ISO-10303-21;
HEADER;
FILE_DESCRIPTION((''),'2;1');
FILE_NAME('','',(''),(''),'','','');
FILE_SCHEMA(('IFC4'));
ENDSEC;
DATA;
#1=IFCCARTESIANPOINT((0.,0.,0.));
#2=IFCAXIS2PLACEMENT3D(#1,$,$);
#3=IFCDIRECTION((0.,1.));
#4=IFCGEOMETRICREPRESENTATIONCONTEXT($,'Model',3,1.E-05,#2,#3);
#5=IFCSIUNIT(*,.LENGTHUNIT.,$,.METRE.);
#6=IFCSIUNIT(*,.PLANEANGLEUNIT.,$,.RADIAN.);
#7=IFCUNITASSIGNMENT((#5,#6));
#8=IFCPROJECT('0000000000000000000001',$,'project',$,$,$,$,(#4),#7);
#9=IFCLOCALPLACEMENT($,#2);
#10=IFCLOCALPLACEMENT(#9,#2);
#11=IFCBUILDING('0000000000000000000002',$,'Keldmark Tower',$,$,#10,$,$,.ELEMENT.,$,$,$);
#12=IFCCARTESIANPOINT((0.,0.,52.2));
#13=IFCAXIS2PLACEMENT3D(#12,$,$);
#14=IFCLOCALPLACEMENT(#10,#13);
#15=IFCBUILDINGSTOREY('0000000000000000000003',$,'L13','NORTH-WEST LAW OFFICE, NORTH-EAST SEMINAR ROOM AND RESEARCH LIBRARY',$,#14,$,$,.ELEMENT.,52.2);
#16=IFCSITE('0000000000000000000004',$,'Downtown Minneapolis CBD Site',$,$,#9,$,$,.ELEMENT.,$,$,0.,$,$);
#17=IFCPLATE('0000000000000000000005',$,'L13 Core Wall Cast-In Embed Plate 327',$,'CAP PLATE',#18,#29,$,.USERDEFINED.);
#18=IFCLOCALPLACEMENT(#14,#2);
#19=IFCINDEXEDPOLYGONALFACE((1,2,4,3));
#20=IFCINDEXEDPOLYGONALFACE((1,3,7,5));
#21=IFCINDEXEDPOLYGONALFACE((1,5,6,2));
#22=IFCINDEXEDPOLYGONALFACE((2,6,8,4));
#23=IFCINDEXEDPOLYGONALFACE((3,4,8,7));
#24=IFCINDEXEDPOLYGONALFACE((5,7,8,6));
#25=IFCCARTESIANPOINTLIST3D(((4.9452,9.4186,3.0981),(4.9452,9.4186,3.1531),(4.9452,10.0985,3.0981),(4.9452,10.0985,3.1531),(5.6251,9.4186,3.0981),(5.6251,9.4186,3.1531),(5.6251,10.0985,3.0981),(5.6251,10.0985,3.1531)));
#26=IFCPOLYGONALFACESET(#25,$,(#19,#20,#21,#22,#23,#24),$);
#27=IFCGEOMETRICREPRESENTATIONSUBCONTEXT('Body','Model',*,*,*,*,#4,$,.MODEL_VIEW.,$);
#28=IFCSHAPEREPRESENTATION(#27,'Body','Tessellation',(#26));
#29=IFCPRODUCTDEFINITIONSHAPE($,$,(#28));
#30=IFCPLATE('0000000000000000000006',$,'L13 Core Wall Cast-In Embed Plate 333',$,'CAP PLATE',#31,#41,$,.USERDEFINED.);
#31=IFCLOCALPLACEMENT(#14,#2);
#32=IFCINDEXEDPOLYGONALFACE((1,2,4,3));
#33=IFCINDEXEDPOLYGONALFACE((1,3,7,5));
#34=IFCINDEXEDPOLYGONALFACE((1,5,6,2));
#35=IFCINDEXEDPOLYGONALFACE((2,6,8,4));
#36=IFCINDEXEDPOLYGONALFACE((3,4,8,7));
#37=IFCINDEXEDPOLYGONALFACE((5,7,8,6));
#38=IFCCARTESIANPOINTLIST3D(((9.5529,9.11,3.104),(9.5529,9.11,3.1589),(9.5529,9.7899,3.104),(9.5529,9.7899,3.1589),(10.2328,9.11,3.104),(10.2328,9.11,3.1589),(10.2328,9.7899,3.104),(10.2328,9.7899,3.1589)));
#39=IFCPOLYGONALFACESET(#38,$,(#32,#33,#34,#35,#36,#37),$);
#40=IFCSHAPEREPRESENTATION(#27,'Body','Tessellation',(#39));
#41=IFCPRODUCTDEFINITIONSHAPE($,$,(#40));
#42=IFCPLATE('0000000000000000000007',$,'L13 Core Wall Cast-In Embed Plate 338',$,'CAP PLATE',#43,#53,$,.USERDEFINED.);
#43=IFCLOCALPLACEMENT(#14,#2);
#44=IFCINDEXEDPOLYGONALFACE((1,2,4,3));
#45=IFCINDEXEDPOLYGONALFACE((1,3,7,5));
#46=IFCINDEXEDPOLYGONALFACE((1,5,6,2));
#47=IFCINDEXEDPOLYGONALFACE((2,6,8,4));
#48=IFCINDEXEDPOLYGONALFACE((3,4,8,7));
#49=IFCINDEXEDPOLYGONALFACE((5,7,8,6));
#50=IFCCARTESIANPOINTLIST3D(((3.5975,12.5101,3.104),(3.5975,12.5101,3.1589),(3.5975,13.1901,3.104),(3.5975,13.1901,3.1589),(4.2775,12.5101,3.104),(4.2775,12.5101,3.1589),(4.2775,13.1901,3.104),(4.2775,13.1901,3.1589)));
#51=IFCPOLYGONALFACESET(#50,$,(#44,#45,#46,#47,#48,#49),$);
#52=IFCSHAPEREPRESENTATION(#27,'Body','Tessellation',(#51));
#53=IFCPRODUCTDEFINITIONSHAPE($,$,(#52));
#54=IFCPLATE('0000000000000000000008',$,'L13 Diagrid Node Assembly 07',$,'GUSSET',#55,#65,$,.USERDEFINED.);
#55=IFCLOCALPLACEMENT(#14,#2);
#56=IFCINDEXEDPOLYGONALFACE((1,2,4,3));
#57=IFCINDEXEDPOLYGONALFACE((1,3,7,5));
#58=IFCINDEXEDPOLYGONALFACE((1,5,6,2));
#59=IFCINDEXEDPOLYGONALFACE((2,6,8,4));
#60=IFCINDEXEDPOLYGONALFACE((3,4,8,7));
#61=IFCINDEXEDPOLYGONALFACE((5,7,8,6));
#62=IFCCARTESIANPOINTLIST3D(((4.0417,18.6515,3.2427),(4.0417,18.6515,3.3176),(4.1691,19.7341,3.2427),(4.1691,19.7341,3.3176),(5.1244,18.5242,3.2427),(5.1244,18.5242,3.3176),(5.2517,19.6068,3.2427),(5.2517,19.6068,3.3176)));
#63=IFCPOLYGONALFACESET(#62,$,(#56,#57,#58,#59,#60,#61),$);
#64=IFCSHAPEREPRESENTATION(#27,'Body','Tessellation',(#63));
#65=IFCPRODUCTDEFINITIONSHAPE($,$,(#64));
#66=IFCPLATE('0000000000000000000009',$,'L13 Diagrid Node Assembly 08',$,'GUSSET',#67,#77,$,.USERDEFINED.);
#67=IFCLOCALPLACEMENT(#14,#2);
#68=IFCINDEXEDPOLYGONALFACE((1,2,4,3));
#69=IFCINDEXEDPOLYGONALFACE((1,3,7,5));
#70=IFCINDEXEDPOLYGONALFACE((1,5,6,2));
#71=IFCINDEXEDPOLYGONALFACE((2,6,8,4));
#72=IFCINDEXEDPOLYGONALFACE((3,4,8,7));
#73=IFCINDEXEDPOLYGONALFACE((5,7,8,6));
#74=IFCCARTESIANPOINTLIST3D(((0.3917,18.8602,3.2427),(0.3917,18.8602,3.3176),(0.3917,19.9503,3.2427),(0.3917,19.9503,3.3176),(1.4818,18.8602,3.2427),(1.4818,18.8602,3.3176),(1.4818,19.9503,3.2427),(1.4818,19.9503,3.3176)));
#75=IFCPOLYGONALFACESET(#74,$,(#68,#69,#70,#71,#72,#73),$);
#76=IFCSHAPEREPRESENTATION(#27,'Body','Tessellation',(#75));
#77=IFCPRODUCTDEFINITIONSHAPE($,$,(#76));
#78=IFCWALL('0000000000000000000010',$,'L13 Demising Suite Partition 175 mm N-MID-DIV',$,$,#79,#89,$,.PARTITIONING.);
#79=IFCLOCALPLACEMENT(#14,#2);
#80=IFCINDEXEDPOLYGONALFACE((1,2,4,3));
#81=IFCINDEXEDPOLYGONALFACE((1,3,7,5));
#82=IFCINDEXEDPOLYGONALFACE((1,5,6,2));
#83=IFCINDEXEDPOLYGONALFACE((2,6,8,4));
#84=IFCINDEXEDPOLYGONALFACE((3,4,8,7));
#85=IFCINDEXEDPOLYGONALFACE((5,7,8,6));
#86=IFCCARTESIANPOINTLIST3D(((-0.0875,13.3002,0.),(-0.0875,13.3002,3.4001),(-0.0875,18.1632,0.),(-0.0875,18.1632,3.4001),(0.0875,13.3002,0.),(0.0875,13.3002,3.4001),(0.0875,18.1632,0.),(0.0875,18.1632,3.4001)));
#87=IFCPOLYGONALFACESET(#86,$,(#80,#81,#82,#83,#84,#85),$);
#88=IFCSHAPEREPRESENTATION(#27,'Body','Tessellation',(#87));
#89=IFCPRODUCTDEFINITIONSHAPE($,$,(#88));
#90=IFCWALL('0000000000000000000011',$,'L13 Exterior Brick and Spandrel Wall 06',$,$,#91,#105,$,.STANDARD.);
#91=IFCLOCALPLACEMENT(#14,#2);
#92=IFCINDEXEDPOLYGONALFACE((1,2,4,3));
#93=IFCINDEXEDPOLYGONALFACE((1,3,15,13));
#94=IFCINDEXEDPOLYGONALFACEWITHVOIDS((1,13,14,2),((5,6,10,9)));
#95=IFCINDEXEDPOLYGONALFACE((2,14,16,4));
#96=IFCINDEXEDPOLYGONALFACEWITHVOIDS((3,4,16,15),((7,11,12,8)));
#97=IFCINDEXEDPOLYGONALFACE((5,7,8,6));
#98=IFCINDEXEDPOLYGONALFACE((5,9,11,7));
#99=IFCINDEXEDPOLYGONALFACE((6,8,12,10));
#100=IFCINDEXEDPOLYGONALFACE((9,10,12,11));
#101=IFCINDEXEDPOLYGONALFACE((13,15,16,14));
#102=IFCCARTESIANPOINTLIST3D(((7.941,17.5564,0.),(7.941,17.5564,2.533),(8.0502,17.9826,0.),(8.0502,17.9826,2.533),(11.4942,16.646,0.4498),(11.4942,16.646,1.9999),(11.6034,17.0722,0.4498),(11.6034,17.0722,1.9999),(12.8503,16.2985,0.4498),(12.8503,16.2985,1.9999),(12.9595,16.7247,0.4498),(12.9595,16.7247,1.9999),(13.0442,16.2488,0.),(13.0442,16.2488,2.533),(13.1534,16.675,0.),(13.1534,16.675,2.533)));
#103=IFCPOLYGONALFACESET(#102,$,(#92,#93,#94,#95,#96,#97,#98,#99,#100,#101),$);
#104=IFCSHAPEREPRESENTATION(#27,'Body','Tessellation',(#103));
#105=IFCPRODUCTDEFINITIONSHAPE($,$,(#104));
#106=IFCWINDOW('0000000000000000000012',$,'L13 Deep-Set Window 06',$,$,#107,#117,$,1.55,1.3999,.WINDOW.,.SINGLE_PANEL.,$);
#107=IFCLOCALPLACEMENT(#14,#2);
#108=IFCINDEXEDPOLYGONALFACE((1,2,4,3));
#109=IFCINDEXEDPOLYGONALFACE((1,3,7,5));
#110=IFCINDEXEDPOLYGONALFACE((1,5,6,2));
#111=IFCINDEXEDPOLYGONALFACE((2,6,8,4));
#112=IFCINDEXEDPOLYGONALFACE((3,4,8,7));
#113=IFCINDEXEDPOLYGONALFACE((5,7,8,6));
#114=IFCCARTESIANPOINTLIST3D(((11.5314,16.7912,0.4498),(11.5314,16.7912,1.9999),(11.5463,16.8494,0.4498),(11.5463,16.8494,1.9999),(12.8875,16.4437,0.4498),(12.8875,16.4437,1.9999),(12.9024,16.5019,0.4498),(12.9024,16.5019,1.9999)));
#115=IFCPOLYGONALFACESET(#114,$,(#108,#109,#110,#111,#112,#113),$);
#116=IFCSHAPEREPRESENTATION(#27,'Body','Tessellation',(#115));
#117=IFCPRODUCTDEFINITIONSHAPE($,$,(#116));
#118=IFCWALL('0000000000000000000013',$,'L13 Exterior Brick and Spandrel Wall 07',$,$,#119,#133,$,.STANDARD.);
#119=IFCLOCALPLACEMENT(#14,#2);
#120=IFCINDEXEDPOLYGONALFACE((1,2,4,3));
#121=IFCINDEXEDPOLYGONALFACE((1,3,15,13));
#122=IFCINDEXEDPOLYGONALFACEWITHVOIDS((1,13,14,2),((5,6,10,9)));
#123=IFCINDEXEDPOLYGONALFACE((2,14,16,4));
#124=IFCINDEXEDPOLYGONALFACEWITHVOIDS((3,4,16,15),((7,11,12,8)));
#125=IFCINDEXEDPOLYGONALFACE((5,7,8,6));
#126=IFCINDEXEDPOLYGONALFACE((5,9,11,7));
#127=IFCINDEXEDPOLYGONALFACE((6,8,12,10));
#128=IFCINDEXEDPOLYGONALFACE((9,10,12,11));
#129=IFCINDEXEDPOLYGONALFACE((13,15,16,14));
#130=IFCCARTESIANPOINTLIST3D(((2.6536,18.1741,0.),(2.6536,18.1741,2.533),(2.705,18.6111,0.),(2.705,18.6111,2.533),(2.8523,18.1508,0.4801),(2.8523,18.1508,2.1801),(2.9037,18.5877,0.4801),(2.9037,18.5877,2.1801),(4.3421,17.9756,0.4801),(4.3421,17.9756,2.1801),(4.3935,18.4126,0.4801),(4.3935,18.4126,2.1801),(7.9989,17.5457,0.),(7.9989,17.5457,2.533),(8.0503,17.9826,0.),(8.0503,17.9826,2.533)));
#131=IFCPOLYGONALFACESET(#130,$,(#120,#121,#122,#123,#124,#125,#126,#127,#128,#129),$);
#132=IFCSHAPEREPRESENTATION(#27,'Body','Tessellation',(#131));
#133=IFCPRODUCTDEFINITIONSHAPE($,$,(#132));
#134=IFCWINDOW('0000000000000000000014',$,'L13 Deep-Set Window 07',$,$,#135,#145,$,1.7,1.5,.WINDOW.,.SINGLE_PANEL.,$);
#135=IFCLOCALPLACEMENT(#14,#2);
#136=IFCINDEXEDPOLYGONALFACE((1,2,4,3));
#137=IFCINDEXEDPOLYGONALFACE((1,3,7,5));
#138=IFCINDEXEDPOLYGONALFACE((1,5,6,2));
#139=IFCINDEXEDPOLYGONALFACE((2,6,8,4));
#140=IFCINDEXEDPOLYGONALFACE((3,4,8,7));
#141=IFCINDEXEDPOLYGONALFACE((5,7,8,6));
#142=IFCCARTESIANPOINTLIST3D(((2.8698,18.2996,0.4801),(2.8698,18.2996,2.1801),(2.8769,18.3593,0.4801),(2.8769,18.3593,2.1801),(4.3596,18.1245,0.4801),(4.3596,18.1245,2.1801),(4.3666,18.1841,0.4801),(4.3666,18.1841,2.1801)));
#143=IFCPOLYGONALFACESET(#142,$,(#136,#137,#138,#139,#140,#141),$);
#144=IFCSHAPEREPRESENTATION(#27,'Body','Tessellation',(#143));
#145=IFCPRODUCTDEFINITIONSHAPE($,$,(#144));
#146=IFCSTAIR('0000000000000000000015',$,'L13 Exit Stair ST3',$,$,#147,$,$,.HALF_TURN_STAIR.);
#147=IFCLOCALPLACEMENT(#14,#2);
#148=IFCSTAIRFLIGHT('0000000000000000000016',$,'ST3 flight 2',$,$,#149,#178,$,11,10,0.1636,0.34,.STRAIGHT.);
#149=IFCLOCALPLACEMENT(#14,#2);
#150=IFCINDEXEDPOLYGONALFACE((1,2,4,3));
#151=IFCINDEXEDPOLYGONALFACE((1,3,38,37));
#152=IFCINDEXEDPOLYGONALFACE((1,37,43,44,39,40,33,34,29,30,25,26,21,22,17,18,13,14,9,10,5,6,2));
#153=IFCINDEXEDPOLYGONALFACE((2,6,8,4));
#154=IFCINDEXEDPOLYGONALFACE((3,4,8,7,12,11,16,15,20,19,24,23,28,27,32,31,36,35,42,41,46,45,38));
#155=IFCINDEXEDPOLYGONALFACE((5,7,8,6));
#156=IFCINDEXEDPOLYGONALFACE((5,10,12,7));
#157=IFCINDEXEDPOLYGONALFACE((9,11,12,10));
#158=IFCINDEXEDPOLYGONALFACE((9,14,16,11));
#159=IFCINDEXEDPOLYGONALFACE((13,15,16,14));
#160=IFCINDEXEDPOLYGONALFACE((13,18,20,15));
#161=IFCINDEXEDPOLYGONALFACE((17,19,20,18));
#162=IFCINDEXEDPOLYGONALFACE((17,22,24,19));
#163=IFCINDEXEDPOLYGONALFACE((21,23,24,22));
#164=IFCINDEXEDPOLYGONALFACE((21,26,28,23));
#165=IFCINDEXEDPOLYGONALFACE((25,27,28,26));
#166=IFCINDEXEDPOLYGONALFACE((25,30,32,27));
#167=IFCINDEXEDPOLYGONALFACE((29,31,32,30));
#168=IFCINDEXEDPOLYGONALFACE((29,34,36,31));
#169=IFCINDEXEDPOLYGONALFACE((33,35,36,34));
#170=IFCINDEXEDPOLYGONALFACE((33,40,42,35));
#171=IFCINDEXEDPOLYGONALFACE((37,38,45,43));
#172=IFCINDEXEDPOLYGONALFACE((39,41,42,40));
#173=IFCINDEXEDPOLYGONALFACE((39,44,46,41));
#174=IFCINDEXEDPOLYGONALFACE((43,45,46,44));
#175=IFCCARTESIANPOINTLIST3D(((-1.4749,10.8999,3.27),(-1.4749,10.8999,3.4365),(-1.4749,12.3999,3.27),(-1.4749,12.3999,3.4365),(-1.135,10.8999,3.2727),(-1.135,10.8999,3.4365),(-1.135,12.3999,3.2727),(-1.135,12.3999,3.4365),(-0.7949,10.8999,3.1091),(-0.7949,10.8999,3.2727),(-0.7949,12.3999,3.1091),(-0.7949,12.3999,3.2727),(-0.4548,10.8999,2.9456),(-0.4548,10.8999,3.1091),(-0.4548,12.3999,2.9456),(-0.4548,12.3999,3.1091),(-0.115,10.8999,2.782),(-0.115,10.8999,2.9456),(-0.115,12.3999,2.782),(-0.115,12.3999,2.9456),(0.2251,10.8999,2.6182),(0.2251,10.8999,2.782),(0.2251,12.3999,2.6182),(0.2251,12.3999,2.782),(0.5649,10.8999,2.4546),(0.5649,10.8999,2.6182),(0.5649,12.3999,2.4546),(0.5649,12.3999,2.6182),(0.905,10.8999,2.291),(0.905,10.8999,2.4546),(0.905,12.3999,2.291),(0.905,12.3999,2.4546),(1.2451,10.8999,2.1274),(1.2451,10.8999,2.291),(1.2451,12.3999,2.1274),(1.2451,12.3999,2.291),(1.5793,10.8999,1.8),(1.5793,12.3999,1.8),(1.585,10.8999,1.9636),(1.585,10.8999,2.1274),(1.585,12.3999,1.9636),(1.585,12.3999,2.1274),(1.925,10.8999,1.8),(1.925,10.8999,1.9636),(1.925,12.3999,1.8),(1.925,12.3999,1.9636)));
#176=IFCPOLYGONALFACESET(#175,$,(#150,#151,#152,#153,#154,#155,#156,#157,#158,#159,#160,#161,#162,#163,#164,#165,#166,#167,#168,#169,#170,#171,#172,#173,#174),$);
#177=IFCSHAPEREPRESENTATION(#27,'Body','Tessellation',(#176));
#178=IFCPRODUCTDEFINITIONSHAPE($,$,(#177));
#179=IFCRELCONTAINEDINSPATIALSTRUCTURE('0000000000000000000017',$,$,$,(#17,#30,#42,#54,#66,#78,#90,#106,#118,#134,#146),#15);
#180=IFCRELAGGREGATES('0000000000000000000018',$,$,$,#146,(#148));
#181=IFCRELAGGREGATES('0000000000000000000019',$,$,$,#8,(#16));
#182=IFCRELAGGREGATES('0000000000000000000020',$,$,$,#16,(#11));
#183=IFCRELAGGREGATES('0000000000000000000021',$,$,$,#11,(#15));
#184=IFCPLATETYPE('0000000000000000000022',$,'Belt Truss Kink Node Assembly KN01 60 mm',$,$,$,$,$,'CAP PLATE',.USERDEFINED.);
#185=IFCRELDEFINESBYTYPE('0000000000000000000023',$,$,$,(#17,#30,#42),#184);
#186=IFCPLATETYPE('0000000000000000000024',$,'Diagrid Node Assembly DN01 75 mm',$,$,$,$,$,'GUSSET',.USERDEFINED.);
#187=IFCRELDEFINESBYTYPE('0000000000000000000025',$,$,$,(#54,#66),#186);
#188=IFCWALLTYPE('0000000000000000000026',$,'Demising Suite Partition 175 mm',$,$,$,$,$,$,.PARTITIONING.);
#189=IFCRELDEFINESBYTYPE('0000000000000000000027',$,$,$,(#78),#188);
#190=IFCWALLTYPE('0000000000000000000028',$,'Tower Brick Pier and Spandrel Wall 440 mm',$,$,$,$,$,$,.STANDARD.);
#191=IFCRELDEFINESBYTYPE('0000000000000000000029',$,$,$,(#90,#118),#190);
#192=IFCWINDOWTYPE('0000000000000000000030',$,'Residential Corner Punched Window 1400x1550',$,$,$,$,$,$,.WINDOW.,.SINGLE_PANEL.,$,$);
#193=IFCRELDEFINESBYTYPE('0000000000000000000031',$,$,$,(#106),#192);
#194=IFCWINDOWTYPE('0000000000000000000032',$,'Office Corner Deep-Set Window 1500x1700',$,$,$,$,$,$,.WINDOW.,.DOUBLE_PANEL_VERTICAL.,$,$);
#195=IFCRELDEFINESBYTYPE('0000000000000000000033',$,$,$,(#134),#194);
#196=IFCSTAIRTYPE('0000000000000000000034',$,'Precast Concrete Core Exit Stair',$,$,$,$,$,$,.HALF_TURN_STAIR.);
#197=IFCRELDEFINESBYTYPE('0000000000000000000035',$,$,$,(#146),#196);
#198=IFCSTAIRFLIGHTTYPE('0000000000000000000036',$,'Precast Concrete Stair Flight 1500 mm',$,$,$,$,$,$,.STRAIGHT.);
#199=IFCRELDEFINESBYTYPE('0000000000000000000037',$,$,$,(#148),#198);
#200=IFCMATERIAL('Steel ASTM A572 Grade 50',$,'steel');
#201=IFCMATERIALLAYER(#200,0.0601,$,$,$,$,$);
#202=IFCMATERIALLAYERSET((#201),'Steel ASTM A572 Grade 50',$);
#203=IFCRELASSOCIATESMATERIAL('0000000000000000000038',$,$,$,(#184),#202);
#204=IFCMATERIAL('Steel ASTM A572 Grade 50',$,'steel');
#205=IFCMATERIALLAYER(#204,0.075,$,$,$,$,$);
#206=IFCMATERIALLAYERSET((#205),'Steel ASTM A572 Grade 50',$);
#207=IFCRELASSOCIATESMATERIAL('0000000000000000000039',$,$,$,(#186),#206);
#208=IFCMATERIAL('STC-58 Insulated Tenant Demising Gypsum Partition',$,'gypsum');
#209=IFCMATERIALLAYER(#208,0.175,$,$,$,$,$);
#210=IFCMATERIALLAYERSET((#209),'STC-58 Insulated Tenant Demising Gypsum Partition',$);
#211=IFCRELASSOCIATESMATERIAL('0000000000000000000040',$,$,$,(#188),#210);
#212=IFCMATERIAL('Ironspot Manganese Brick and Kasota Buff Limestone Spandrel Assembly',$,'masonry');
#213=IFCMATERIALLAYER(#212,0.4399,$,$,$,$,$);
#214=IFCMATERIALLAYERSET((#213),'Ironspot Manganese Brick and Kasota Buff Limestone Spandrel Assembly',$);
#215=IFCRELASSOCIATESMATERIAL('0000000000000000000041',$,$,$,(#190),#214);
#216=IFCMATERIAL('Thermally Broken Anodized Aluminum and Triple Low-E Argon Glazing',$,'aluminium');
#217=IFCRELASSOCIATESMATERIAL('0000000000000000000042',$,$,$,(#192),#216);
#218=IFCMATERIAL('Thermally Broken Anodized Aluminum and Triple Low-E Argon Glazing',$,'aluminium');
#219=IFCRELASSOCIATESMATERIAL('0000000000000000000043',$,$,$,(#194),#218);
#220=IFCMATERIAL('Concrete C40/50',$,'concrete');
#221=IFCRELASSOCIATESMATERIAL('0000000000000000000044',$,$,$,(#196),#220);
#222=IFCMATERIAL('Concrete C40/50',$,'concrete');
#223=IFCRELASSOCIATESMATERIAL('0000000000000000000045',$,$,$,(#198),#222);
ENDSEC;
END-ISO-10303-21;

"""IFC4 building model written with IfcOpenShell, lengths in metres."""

from ifc_helpers import new_model, si_unit, direction, frame, frame_2d, origin, origin_2d, place, context, subcontext, project, spatial, polyline, rectangle, outline, extrude, material, layer, layer_set, type_object, element, fill, aggregate, save


model = new_model("IFC4")

# Units and contexts
model_context = context("Model", 3, precision=1e-05, world=origin(), true_north=direction((0.0, 1.0)))
body_context = subcontext(model_context, "Body", "Model", "MODEL_VIEW")
ifc_project = project(units=[si_unit("LENGTHUNIT", "METRE"), si_unit("PLANEANGLEUNIT", "RADIAN")], contexts=[model_context])

# Site, building, storey
site_placement = place(None, origin())
site = spatial("IfcSite", under=ifc_project, at=site_placement, Name="Downtown Minneapolis CBD Site", CompositionType="ELEMENT", RefElevation=0.0)
building_placement = place(site_placement, origin())
building = spatial("IfcBuilding", under=site, at=building_placement, Name="Keldmark Tower", CompositionType="ELEMENT")
storey_placement = place(building_placement, frame((0.0, 0.0, 52.2)))
storey = spatial("IfcBuildingStorey", under=building, at=storey_placement, Name="L13", Description="NORTH-WEST LAW OFFICE, NORTH-EAST SEMINAR ROOM AND RESEARCH LIBRARY", CompositionType="ELEMENT", Elevation=52.2)

# Plates
ifc_material_1 = material(Name="Steel ASTM A572 Grade 50", Category="steel")
ifc_layer_1 = layer(ifc_material_1, 0.0601)
ifc_layer_set_1 = layer_set([ifc_layer_1], Name="Steel ASTM A572 Grade 50")
plate_type_1 = type_object("IfcPlateType", Name="Belt Truss Kink Node Assembly KN01 60 mm", ElementType="CAP PLATE", PredefinedType="USERDEFINED", material=ifc_layer_set_1)
for number, where, z_axis, x_axis, name in (
    (1, (5.2852, 9.7585, 3.0981), (0.0, 0.0, 1.0), (1.0, 0.0, 0.0), "L13 Core Wall Cast-In Embed Plate 327"),
    (2, (9.8928, 9.45, 3.104), (0.0, 0.0, 1.0), (1.0, 0.0, 0.0), "L13 Core Wall Cast-In Embed Plate 333"),
    (3, (3.9375, 12.8501, 3.104), (0.0, 0.0, 1.0), (1.0, 0.0, 0.0), "L13 Core Wall Cast-In Embed Plate 338"),
):
    element("IfcPlate", number, at=place(storey_placement, frame(where, z_axis=z_axis, x_axis=x_axis)), inside=storey, type_object=plate_type_1, Name=name, ObjectType="CAP PLATE", PredefinedType="USERDEFINED", context=body_context, shape_type="SweptSolid", body=[
        extrude(rectangle(XDim=0.6799, YDim=0.6799, at=origin_2d()), origin(), (0.0, 0.0, 1.0), 0.0549),
    ])
ifc_material_2 = material(Name="Steel ASTM A572 Grade 50", Category="steel")
ifc_layer_2 = layer(ifc_material_2, 0.075)
ifc_layer_set_2 = layer_set([ifc_layer_2], Name="Steel ASTM A572 Grade 50")
plate_type_2 = type_object("IfcPlateType", Name="Diagrid Node Assembly DN01 75 mm", ElementType="GUSSET", PredefinedType="USERDEFINED", material=ifc_layer_set_2)
for number, where, z_axis, x_axis, name in (
    (4, (4.6467, 19.1292, 3.2427), (0.0, 0.0, 1.0), (-0.99315, 0.116844, 0.0), "L13 Diagrid Node Assembly 07"),
    (5, (0.9368, 19.4053, 3.2427), (0.0, 0.0, 1.0), (-1.0, 0.0, 0.0), "L13 Diagrid Node Assembly 08"),
):
    element("IfcPlate", number, at=place(storey_placement, frame(where, z_axis=z_axis, x_axis=x_axis)), inside=storey, type_object=plate_type_2, Name=name, ObjectType="GUSSET", PredefinedType="USERDEFINED", context=body_context, shape_type="SweptSolid", body=[
        extrude(rectangle(XDim=1.0901, YDim=1.0901, at=origin_2d()), origin(), (0.0, 0.0, 1.0), 0.075),
    ])

# Wall
ifc_material_3 = material(Name="STC-58 Insulated Tenant Demising Gypsum Partition", Category="gypsum")
ifc_layer_3 = layer(ifc_material_3, 0.175)
ifc_layer_set_3 = layer_set([ifc_layer_3], Name="STC-58 Insulated Tenant Demising Gypsum Partition")
wall_type_1 = type_object("IfcWallType", Name="Demising Suite Partition 175 mm", PredefinedType="PARTITIONING", material=ifc_layer_set_3)
wall_1_placement = place(storey_placement, frame((0.0, 13.3, 0.0), z_axis=(0.0, 0.0, 1.0), x_axis=(0.0, 1.0, 0.0)))
element("IfcWall", 6, at=wall_1_placement, inside=storey, type_object=wall_type_1, Name="L13 Demising Suite Partition 175 mm N-MID-DIV", PredefinedType="PARTITIONING", context=body_context, shape_type="SweptSolid", body=[
    extrude(rectangle(XDim=4.863, YDim=0.175, at=frame_2d((2.4316, 0.0))), origin(), (0.0, 0.0, 1.0), 3.4001),
])

# Walls, openings, windows
ifc_material_4 = material(Name="Ironspot Manganese Brick and Kasota Buff Limestone Spandrel Assembly", Category="masonry")
ifc_layer_4 = layer(ifc_material_4, 0.4399)
ifc_layer_set_4 = layer_set([ifc_layer_4], Name="Ironspot Manganese Brick and Kasota Buff Limestone Spandrel Assembly")
wall_type_2 = type_object("IfcWallType", Name="Tower Brick Pier and Spandrel Wall 440 mm", PredefinedType="STANDARD", material=ifc_layer_set_4)
wall_2_placement = place(storey_placement, frame((7.9956, 17.7695, 0.0), z_axis=(0.0, 0.0, 1.0), x_axis=(0.968706, -0.248213, 0.0)))
wall_2 = element("IfcWall", 7, at=wall_2_placement, inside=storey, type_object=wall_type_2, Name="L13 Exterior Brick and Spandrel Wall 06", PredefinedType="STANDARD", context=body_context, shape_type="SweptSolid", body=[
    extrude(rectangle(XDim=5.2681, YDim=0.4399, at=frame_2d((2.634, 0.0))), origin(), (0.0, 0.0, 1.0), 2.533),
])
opening_1_placement = place(wall_2_placement, frame((3.668, 0.0, 0.45)))
opening_1 = element("IfcOpeningElement", 8, at=opening_1_placement, cuts=wall_2, PredefinedType="OPENING", context=body_context, shape_type="SweptSolid", body=[
    extrude(rectangle(XDim=1.3999, YDim=1.55, at=frame_2d((0.7, 0.7749))), frame((0.0, 0.23, 0.0), z_axis=(0.0, -1.0, 0.0), x_axis=(1.0, 0.0, 0.0)), (0.0, 0.0, 1.0), 0.46),
])
ifc_material_5 = material(Name="Thermally Broken Anodized Aluminum and Triple Low-E Argon Glazing", Category="aluminium")
window_type_1 = type_object("IfcWindowType", Name="Residential Corner Punched Window 1400x1550", PartitioningType="SINGLE_PANEL", PredefinedType="WINDOW", material=ifc_material_5)
window_1_placement = place(opening_1_placement, origin())
window_1 = element("IfcWindow", 9, at=window_1_placement, inside=storey, type_object=window_type_1, Name="L13 Deep-Set Window 06", OverallHeight=1.55, OverallWidth=1.3999, PartitioningType="SINGLE_PANEL", PredefinedType="WINDOW", context=body_context, shape_type="SweptSolid", body=[
    extrude(rectangle(XDim=1.3999, YDim=1.55, at=frame_2d((0.7, 0.7749))), frame((0.0, -0.01, 0.0), z_axis=(0.0, -1.0, 0.0), x_axis=(1.0, 0.0, 0.0)), (0.0, 0.0, 1.0), 0.0601),
])
fill(opening_1, window_1)
wall_3_placement = place(storey_placement, frame((2.6794, 18.3926, 0.0), z_axis=(0.0, 0.0, 1.0), x_axis=(0.99316, -0.116762, 0.0)))
wall_3 = element("IfcWall", 10, at=wall_3_placement, inside=storey, type_object=wall_type_2, Name="L13 Exterior Brick and Spandrel Wall 07", PredefinedType="STANDARD", context=body_context, shape_type="SweptSolid", body=[
    extrude(rectangle(XDim=5.3821, YDim=0.4399, at=frame_2d((2.6909, 0.0))), origin(), (0.0, 0.0, 1.0), 2.533),
])
opening_2_placement = place(wall_3_placement, frame((0.2, 0.0, 0.48)))
opening_2 = element("IfcOpeningElement", 11, at=opening_2_placement, cuts=wall_3, PredefinedType="OPENING", context=body_context, shape_type="SweptSolid", body=[
    extrude(rectangle(XDim=1.5, YDim=1.7, at=frame_2d((0.75, 0.8501))), frame((0.0, 0.23, 0.0), z_axis=(0.0, -1.0, 0.0), x_axis=(1.0, 0.0, 0.0)), (0.0, 0.0, 1.0), 0.46),
])
ifc_material_6 = material(Name="Thermally Broken Anodized Aluminum and Triple Low-E Argon Glazing", Category="aluminium")
window_type_2 = type_object("IfcWindowType", Name="Office Corner Deep-Set Window 1500x1700", PartitioningType="DOUBLE_PANEL_VERTICAL", PredefinedType="WINDOW", material=ifc_material_6)
window_2_placement = place(opening_2_placement, origin())
window_2 = element("IfcWindow", 12, at=window_2_placement, inside=storey, type_object=window_type_2, Name="L13 Deep-Set Window 07", OverallHeight=1.7, OverallWidth=1.5, PartitioningType="SINGLE_PANEL", PredefinedType="WINDOW", context=body_context, shape_type="SweptSolid", body=[
    extrude(rectangle(XDim=1.5, YDim=1.7, at=frame_2d((0.75, 0.8501))), frame((0.0, -0.01, 0.0), z_axis=(0.0, -1.0, 0.0), x_axis=(1.0, 0.0, 0.0)), (0.0, 0.0, 1.0), 0.0601),
])
fill(opening_2, window_2)

# Stair, stair flight
ifc_material_7 = material(Name="Concrete C40/50", Category="concrete")
stair_type = type_object("IfcStairType", Name="Precast Concrete Core Exit Stair", PredefinedType="HALF_TURN_STAIR", material=ifc_material_7)
stair_placement = place(storey_placement, origin())
stair = element("IfcStair", 13, at=stair_placement, inside=storey, type_object=stair_type, Name="L13 Exit Stair ST3", PredefinedType="HALF_TURN_STAIR")
ifc_material_8 = material(Name="Concrete C40/50", Category="concrete")
stair_flight_type = type_object("IfcStairFlightType", Name="Precast Concrete Stair Flight 1500 mm", PredefinedType="STRAIGHT", material=ifc_material_8)
stair_flight_placement = place(storey_placement, frame((1.925, 11.6499, 1.8), z_axis=(0.0, 0.0, 1.0), x_axis=(-1.0, 0.0, 0.0)))
stair_flight = element("IfcStairFlight", 14, at=stair_flight_placement, type_object=stair_flight_type, Name="ST3 flight 2", NumberOfRisers=11, NumberOfTreads=10, PredefinedType="STRAIGHT", RiserHeight=0.1636, TreadLength=0.34, context=body_context, shape_type="SweptSolid", body=[
    extrude(outline(polyline([(0.0, 0.0), (0.0, 0.1636), (0.3401, 0.1636), (0.3401, 0.3274), (0.6799, 0.3274), (0.6799, 0.491), (1.02, 0.491), (1.02, 0.6545), (1.3601, 0.6545), (1.3601, 0.8181), (1.7, 0.8181), (1.7, 0.9819), (2.04, 0.9819), (2.04, 1.1455), (2.3799, 1.1455), (2.3799, 1.3091), (2.72, 1.3091), (2.72, 1.4727), (3.0601, 1.4727), (3.0601, 1.6365), (3.3999, 1.6365), (3.3999, 1.8), (3.3999, 1.47), (0.3457, 0.0), (0.0, 0.0)])), frame((0.0, 0.75, 0.0), z_axis=(0.0, -1.0, 0.0), x_axis=(1.0, 0.0, 0.0)), (0.0, 0.0, 1.0), 1.5),
])
aggregate(stair, [stair_flight])

save(model, "model.ifc")
